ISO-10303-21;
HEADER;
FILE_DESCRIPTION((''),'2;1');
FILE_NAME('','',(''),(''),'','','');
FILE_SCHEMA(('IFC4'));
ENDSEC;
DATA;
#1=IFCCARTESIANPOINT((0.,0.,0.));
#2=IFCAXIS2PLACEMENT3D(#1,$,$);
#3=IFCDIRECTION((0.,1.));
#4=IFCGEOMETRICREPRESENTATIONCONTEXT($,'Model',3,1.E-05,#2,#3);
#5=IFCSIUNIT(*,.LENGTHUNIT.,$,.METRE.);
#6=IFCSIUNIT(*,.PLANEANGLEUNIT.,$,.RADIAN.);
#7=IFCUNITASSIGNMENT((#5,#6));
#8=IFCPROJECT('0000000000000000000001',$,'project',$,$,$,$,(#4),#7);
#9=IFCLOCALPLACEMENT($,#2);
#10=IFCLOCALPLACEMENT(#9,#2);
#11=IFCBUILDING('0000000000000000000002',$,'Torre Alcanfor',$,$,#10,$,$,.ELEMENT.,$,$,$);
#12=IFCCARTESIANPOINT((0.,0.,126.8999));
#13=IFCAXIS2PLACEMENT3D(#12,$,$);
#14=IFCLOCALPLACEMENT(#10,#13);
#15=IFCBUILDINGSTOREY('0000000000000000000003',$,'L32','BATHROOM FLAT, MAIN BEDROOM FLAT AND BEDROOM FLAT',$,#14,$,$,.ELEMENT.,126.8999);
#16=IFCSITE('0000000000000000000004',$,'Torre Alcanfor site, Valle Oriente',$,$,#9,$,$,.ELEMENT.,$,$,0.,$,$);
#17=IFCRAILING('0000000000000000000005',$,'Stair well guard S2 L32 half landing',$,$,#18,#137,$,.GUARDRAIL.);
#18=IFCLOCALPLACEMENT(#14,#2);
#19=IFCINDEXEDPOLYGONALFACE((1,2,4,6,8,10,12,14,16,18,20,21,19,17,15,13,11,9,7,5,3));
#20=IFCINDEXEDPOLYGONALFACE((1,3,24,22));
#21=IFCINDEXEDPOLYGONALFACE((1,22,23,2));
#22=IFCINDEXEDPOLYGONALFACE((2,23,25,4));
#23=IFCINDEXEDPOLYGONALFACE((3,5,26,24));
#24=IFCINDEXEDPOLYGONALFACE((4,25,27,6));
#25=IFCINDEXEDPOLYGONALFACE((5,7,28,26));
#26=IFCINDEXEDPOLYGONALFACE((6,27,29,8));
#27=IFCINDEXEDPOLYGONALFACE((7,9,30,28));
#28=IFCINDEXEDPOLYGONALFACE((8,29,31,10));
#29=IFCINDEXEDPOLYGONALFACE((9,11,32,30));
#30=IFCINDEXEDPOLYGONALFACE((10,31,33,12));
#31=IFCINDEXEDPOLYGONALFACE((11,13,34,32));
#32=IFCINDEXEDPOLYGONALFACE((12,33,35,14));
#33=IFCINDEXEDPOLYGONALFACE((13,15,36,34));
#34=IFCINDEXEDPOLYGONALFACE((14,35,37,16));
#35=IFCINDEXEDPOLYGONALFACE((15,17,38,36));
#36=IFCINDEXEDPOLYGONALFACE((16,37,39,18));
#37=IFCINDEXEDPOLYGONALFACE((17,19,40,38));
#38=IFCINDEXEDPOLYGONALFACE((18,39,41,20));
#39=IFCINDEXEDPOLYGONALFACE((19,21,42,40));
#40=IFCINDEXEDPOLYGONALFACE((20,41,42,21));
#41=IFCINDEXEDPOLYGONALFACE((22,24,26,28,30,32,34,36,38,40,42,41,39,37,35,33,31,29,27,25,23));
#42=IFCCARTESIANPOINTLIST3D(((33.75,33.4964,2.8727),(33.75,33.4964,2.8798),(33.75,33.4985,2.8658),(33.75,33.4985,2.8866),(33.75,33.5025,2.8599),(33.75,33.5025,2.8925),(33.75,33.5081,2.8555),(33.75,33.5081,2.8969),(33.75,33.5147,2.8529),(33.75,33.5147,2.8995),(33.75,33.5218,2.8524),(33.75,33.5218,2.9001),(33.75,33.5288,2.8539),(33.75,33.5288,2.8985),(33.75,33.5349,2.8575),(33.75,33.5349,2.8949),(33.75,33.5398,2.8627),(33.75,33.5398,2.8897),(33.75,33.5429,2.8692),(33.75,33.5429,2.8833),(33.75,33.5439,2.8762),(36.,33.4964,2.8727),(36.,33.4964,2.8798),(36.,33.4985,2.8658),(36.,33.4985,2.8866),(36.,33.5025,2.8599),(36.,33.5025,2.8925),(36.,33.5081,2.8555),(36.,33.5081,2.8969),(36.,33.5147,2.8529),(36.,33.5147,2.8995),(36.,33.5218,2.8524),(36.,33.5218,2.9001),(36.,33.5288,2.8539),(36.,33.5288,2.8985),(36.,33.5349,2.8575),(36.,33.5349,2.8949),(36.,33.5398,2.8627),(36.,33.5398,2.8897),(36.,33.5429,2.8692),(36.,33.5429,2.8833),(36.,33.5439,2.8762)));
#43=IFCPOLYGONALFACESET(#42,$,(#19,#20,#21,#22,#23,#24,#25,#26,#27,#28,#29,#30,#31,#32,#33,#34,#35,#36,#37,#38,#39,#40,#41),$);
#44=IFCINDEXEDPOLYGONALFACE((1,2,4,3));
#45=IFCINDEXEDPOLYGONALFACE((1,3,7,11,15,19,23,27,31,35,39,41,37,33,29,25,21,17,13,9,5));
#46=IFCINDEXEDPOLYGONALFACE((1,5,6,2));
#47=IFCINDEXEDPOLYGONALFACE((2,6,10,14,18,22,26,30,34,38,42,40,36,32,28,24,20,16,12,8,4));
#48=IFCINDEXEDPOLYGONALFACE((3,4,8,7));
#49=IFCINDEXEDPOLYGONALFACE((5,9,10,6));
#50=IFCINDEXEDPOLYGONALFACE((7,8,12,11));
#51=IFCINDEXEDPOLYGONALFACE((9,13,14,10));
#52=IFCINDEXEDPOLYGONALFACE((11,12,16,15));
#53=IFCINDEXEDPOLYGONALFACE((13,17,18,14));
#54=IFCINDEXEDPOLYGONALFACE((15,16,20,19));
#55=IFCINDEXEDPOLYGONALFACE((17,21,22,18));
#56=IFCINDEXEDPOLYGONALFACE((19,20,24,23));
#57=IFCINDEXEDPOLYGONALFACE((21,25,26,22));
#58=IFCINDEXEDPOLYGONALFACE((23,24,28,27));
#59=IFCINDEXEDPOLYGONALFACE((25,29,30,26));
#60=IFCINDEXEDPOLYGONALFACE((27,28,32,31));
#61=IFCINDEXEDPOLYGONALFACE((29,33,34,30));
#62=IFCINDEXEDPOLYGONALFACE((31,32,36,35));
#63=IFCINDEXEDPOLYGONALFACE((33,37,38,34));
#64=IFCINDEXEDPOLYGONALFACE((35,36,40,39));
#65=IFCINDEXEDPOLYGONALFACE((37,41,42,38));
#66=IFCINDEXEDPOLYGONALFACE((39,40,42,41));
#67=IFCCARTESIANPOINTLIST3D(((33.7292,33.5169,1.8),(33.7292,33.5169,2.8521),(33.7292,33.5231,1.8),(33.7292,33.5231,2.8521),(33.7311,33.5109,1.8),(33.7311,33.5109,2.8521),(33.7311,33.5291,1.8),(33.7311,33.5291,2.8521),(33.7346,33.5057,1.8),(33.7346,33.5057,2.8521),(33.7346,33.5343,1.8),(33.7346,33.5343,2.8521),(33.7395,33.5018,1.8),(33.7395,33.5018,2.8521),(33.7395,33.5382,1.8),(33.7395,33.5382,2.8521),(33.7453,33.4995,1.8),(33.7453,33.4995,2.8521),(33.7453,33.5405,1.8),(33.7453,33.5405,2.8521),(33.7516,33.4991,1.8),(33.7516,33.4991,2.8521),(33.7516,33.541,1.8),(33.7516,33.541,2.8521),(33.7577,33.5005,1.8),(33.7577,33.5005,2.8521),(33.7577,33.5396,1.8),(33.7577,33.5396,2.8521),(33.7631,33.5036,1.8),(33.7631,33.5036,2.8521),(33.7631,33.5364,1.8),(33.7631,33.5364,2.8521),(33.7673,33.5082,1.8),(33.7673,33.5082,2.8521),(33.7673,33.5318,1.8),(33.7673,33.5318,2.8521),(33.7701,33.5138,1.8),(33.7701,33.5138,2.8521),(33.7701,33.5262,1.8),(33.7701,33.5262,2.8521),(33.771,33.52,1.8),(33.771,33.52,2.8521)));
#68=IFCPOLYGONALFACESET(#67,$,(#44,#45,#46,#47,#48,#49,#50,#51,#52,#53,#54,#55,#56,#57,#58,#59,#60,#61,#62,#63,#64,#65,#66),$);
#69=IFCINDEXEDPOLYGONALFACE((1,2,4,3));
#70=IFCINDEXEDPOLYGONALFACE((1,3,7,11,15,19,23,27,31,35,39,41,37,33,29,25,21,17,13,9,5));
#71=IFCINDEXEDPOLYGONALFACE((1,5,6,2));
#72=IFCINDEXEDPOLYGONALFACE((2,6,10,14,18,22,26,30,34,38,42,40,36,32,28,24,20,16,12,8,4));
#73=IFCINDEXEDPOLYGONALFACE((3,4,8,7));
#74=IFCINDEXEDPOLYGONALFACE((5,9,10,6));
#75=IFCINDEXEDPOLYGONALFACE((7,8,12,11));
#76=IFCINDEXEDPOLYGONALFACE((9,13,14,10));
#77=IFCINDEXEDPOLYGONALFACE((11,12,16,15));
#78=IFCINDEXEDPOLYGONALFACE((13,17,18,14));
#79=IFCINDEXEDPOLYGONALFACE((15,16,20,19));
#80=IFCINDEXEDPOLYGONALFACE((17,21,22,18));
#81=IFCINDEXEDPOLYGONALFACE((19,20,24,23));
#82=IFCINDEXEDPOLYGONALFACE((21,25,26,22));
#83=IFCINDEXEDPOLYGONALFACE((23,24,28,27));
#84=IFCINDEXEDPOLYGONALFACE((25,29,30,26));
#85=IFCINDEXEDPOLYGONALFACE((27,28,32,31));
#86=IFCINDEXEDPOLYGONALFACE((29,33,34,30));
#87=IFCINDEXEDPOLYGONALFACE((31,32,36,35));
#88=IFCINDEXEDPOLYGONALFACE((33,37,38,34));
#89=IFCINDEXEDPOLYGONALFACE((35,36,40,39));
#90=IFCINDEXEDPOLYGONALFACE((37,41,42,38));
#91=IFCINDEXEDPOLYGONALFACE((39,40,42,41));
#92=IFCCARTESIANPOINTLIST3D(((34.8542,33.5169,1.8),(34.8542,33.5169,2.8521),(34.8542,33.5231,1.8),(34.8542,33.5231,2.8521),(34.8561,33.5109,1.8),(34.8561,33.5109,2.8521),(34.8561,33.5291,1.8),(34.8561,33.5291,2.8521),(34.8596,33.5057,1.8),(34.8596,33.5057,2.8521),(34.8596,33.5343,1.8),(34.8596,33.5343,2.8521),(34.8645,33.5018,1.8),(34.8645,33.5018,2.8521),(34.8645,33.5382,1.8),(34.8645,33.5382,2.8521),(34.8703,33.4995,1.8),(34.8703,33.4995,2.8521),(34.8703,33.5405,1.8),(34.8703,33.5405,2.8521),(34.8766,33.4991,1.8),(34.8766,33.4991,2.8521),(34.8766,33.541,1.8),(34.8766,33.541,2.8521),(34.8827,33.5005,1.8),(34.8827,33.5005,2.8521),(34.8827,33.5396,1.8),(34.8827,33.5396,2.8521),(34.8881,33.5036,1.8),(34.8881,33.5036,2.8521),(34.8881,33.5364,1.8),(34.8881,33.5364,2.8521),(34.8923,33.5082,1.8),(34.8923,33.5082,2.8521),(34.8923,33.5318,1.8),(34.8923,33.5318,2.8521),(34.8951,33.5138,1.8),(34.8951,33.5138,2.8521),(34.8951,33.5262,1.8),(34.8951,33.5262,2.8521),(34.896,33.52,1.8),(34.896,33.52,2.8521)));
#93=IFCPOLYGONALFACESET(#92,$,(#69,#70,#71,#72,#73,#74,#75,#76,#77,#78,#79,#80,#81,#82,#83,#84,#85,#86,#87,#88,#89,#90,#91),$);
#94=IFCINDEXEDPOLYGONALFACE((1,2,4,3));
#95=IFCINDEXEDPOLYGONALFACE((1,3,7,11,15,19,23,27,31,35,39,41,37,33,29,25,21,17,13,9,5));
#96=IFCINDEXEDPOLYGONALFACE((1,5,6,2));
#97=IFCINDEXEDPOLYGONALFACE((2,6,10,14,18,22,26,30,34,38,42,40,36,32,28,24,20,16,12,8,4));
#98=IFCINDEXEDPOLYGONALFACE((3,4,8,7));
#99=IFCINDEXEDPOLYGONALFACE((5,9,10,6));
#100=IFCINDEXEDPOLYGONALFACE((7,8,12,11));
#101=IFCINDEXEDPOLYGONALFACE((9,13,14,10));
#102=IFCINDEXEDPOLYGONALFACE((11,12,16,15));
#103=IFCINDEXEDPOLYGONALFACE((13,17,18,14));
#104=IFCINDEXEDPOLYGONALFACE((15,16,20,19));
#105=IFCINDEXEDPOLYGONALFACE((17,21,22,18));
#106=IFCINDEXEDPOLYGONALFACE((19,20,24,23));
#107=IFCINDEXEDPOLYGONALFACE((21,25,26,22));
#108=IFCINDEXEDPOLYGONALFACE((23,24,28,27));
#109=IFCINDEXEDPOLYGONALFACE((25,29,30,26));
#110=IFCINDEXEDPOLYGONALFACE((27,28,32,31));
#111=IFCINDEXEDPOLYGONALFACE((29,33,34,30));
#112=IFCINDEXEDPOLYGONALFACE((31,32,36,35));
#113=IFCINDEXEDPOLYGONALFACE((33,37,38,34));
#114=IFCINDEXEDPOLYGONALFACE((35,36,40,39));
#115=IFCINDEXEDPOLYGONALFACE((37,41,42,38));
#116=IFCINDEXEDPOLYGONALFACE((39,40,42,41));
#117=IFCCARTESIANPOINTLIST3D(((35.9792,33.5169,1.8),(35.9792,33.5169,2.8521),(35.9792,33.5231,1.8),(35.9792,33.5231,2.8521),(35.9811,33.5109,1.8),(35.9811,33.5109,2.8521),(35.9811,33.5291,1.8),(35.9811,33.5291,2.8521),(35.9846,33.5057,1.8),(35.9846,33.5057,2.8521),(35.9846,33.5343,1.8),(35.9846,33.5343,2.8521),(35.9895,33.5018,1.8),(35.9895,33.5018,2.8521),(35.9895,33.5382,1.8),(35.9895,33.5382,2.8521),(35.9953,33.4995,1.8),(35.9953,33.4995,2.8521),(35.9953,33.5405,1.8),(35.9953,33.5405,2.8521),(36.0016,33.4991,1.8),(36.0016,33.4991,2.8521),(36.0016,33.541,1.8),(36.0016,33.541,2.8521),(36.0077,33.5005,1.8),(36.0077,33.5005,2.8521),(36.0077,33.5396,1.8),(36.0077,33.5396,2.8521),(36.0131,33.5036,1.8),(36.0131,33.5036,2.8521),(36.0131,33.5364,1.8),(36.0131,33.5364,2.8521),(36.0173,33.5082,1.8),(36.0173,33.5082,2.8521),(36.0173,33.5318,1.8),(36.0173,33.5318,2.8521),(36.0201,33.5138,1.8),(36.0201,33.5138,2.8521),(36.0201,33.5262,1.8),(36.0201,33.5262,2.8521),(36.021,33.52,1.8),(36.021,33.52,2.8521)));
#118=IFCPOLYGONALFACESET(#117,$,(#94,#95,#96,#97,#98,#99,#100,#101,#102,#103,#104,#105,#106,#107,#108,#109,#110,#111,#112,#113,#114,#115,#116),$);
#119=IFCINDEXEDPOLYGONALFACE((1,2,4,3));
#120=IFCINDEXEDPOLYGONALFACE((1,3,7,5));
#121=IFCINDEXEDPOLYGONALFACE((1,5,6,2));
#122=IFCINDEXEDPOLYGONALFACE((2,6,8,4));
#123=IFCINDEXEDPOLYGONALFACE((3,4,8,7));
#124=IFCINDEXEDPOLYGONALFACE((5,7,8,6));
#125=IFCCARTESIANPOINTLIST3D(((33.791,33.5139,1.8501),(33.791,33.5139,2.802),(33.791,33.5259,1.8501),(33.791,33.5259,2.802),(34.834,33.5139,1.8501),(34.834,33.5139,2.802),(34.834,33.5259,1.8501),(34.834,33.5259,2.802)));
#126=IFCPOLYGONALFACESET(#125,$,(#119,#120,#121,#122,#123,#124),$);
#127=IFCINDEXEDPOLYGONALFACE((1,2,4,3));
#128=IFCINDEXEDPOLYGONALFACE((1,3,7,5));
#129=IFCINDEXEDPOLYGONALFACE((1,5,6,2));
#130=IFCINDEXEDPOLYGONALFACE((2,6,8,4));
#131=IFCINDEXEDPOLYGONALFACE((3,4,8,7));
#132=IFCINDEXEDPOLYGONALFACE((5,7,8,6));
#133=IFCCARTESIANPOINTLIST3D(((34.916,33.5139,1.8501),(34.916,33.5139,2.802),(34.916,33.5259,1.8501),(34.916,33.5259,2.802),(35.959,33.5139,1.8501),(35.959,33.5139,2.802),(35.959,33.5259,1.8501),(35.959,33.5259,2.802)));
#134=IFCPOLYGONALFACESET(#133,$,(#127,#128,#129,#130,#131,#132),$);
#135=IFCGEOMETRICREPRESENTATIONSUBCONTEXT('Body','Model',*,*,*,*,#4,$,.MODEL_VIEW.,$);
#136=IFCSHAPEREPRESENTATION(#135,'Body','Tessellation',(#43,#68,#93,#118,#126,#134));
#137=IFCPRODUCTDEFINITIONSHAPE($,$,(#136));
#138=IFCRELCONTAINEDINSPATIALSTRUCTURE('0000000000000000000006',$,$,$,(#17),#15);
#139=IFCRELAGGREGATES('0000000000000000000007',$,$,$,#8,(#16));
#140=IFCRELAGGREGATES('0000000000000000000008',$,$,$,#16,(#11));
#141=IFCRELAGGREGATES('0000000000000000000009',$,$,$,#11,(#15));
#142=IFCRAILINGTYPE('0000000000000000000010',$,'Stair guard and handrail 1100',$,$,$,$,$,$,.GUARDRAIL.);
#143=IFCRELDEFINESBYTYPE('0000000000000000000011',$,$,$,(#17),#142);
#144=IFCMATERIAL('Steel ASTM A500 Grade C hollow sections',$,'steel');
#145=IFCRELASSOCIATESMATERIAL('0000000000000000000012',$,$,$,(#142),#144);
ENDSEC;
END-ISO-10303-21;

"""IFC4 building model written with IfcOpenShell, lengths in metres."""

from ifc_helpers import new_model, si_unit, direction, frame, origin, origin_2d, place, context, subcontext, project, spatial, polyline, circle, outline, extrude, material, type_object, element, save


model = new_model("IFC4")

# Units and contexts
model_context = context("Model", 3, precision=1e-05, world=origin(), true_north=direction((0.0, 1.0)))
body_context = subcontext(model_context, "Body", "Model", "MODEL_VIEW")
ifc_project = project(units=[si_unit("LENGTHUNIT", "METRE"), si_unit("PLANEANGLEUNIT", "RADIAN")], contexts=[model_context])

# Site, building, storey
site_placement = place(None, origin())
site = spatial("IfcSite", under=ifc_project, at=site_placement, Name="Torre Alcanfor site, Valle Oriente", CompositionType="ELEMENT", RefElevation=0.0)
building_placement = place(site_placement, origin())
building = spatial("IfcBuilding", under=site, at=building_placement, Name="Torre Alcanfor", CompositionType="ELEMENT")
storey_placement = place(building_placement, frame((0.0, 0.0, 126.8999)))
storey = spatial("IfcBuildingStorey", under=building, at=storey_placement, Name="L32", Description="BATHROOM FLAT, MAIN BEDROOM FLAT AND BEDROOM FLAT", CompositionType="ELEMENT", Elevation=126.8999)

# Railing
ifc_material_1 = material(Name="Steel ASTM A500 Grade C hollow sections", Category="steel")
railing_type_1 = type_object("IfcRailingType", Name="Stair guard and handrail 1100", PredefinedType="GUARDRAIL", material=ifc_material_1)
for number, where, name in (
    (1, (33.75, 33.52, 1.8), "Stair well guard S2 L32 half landing"),
):
    element("IfcRailing", number, at=place(storey_placement, frame(where)), inside=storey, type_object=railing_type_1, Name=name, PredefinedType="GUARDRAIL", context=body_context, shape_type="SweptSolid", body=[
        extrude(circle(Radius=0.0239, at=origin_2d()), frame((0.0, 0.0, 1.0762), z_axis=(1.0, 0.0, 0.0), x_axis=(0.0, 1.0, 0.0)), (0.0, 0.0, 1.0), 2.25),
        extrude(circle(Radius=0.021, at=origin_2d()), origin(), (0.0, 0.0, 1.0), 1.052),
        extrude(circle(Radius=0.021, at=origin_2d()), frame((1.125, 0.0, 0.0)), (0.0, 0.0, 1.0), 1.052),
        extrude(circle(Radius=0.021, at=origin_2d()), frame((2.25, 0.0, 0.0)), (0.0, 0.0, 1.0), 1.052),
        extrude(outline(polyline([(0.041, 0.05), (1.084, 0.05), (1.084, 1.002), (0.041, 1.002), (0.041, 0.05)])), frame((0.0, 0.0059, 0.0), z_axis=(0.0, -1.0, 0.0), x_axis=(1.0, 0.0, 0.0)), (0.0, 0.0, 1.0), 0.012),
        extrude(outline(polyline([(1.166, 0.05), (2.209, 0.05), (2.209, 1.002), (1.166, 1.002), (1.166, 0.05)])), frame((0.0, 0.0059, 0.0), z_axis=(0.0, -1.0, 0.0), x_axis=(1.0, 0.0, 0.0)), (0.0, 0.0, 1.0), 0.012),
    ])

save(model, "model.ifc")
